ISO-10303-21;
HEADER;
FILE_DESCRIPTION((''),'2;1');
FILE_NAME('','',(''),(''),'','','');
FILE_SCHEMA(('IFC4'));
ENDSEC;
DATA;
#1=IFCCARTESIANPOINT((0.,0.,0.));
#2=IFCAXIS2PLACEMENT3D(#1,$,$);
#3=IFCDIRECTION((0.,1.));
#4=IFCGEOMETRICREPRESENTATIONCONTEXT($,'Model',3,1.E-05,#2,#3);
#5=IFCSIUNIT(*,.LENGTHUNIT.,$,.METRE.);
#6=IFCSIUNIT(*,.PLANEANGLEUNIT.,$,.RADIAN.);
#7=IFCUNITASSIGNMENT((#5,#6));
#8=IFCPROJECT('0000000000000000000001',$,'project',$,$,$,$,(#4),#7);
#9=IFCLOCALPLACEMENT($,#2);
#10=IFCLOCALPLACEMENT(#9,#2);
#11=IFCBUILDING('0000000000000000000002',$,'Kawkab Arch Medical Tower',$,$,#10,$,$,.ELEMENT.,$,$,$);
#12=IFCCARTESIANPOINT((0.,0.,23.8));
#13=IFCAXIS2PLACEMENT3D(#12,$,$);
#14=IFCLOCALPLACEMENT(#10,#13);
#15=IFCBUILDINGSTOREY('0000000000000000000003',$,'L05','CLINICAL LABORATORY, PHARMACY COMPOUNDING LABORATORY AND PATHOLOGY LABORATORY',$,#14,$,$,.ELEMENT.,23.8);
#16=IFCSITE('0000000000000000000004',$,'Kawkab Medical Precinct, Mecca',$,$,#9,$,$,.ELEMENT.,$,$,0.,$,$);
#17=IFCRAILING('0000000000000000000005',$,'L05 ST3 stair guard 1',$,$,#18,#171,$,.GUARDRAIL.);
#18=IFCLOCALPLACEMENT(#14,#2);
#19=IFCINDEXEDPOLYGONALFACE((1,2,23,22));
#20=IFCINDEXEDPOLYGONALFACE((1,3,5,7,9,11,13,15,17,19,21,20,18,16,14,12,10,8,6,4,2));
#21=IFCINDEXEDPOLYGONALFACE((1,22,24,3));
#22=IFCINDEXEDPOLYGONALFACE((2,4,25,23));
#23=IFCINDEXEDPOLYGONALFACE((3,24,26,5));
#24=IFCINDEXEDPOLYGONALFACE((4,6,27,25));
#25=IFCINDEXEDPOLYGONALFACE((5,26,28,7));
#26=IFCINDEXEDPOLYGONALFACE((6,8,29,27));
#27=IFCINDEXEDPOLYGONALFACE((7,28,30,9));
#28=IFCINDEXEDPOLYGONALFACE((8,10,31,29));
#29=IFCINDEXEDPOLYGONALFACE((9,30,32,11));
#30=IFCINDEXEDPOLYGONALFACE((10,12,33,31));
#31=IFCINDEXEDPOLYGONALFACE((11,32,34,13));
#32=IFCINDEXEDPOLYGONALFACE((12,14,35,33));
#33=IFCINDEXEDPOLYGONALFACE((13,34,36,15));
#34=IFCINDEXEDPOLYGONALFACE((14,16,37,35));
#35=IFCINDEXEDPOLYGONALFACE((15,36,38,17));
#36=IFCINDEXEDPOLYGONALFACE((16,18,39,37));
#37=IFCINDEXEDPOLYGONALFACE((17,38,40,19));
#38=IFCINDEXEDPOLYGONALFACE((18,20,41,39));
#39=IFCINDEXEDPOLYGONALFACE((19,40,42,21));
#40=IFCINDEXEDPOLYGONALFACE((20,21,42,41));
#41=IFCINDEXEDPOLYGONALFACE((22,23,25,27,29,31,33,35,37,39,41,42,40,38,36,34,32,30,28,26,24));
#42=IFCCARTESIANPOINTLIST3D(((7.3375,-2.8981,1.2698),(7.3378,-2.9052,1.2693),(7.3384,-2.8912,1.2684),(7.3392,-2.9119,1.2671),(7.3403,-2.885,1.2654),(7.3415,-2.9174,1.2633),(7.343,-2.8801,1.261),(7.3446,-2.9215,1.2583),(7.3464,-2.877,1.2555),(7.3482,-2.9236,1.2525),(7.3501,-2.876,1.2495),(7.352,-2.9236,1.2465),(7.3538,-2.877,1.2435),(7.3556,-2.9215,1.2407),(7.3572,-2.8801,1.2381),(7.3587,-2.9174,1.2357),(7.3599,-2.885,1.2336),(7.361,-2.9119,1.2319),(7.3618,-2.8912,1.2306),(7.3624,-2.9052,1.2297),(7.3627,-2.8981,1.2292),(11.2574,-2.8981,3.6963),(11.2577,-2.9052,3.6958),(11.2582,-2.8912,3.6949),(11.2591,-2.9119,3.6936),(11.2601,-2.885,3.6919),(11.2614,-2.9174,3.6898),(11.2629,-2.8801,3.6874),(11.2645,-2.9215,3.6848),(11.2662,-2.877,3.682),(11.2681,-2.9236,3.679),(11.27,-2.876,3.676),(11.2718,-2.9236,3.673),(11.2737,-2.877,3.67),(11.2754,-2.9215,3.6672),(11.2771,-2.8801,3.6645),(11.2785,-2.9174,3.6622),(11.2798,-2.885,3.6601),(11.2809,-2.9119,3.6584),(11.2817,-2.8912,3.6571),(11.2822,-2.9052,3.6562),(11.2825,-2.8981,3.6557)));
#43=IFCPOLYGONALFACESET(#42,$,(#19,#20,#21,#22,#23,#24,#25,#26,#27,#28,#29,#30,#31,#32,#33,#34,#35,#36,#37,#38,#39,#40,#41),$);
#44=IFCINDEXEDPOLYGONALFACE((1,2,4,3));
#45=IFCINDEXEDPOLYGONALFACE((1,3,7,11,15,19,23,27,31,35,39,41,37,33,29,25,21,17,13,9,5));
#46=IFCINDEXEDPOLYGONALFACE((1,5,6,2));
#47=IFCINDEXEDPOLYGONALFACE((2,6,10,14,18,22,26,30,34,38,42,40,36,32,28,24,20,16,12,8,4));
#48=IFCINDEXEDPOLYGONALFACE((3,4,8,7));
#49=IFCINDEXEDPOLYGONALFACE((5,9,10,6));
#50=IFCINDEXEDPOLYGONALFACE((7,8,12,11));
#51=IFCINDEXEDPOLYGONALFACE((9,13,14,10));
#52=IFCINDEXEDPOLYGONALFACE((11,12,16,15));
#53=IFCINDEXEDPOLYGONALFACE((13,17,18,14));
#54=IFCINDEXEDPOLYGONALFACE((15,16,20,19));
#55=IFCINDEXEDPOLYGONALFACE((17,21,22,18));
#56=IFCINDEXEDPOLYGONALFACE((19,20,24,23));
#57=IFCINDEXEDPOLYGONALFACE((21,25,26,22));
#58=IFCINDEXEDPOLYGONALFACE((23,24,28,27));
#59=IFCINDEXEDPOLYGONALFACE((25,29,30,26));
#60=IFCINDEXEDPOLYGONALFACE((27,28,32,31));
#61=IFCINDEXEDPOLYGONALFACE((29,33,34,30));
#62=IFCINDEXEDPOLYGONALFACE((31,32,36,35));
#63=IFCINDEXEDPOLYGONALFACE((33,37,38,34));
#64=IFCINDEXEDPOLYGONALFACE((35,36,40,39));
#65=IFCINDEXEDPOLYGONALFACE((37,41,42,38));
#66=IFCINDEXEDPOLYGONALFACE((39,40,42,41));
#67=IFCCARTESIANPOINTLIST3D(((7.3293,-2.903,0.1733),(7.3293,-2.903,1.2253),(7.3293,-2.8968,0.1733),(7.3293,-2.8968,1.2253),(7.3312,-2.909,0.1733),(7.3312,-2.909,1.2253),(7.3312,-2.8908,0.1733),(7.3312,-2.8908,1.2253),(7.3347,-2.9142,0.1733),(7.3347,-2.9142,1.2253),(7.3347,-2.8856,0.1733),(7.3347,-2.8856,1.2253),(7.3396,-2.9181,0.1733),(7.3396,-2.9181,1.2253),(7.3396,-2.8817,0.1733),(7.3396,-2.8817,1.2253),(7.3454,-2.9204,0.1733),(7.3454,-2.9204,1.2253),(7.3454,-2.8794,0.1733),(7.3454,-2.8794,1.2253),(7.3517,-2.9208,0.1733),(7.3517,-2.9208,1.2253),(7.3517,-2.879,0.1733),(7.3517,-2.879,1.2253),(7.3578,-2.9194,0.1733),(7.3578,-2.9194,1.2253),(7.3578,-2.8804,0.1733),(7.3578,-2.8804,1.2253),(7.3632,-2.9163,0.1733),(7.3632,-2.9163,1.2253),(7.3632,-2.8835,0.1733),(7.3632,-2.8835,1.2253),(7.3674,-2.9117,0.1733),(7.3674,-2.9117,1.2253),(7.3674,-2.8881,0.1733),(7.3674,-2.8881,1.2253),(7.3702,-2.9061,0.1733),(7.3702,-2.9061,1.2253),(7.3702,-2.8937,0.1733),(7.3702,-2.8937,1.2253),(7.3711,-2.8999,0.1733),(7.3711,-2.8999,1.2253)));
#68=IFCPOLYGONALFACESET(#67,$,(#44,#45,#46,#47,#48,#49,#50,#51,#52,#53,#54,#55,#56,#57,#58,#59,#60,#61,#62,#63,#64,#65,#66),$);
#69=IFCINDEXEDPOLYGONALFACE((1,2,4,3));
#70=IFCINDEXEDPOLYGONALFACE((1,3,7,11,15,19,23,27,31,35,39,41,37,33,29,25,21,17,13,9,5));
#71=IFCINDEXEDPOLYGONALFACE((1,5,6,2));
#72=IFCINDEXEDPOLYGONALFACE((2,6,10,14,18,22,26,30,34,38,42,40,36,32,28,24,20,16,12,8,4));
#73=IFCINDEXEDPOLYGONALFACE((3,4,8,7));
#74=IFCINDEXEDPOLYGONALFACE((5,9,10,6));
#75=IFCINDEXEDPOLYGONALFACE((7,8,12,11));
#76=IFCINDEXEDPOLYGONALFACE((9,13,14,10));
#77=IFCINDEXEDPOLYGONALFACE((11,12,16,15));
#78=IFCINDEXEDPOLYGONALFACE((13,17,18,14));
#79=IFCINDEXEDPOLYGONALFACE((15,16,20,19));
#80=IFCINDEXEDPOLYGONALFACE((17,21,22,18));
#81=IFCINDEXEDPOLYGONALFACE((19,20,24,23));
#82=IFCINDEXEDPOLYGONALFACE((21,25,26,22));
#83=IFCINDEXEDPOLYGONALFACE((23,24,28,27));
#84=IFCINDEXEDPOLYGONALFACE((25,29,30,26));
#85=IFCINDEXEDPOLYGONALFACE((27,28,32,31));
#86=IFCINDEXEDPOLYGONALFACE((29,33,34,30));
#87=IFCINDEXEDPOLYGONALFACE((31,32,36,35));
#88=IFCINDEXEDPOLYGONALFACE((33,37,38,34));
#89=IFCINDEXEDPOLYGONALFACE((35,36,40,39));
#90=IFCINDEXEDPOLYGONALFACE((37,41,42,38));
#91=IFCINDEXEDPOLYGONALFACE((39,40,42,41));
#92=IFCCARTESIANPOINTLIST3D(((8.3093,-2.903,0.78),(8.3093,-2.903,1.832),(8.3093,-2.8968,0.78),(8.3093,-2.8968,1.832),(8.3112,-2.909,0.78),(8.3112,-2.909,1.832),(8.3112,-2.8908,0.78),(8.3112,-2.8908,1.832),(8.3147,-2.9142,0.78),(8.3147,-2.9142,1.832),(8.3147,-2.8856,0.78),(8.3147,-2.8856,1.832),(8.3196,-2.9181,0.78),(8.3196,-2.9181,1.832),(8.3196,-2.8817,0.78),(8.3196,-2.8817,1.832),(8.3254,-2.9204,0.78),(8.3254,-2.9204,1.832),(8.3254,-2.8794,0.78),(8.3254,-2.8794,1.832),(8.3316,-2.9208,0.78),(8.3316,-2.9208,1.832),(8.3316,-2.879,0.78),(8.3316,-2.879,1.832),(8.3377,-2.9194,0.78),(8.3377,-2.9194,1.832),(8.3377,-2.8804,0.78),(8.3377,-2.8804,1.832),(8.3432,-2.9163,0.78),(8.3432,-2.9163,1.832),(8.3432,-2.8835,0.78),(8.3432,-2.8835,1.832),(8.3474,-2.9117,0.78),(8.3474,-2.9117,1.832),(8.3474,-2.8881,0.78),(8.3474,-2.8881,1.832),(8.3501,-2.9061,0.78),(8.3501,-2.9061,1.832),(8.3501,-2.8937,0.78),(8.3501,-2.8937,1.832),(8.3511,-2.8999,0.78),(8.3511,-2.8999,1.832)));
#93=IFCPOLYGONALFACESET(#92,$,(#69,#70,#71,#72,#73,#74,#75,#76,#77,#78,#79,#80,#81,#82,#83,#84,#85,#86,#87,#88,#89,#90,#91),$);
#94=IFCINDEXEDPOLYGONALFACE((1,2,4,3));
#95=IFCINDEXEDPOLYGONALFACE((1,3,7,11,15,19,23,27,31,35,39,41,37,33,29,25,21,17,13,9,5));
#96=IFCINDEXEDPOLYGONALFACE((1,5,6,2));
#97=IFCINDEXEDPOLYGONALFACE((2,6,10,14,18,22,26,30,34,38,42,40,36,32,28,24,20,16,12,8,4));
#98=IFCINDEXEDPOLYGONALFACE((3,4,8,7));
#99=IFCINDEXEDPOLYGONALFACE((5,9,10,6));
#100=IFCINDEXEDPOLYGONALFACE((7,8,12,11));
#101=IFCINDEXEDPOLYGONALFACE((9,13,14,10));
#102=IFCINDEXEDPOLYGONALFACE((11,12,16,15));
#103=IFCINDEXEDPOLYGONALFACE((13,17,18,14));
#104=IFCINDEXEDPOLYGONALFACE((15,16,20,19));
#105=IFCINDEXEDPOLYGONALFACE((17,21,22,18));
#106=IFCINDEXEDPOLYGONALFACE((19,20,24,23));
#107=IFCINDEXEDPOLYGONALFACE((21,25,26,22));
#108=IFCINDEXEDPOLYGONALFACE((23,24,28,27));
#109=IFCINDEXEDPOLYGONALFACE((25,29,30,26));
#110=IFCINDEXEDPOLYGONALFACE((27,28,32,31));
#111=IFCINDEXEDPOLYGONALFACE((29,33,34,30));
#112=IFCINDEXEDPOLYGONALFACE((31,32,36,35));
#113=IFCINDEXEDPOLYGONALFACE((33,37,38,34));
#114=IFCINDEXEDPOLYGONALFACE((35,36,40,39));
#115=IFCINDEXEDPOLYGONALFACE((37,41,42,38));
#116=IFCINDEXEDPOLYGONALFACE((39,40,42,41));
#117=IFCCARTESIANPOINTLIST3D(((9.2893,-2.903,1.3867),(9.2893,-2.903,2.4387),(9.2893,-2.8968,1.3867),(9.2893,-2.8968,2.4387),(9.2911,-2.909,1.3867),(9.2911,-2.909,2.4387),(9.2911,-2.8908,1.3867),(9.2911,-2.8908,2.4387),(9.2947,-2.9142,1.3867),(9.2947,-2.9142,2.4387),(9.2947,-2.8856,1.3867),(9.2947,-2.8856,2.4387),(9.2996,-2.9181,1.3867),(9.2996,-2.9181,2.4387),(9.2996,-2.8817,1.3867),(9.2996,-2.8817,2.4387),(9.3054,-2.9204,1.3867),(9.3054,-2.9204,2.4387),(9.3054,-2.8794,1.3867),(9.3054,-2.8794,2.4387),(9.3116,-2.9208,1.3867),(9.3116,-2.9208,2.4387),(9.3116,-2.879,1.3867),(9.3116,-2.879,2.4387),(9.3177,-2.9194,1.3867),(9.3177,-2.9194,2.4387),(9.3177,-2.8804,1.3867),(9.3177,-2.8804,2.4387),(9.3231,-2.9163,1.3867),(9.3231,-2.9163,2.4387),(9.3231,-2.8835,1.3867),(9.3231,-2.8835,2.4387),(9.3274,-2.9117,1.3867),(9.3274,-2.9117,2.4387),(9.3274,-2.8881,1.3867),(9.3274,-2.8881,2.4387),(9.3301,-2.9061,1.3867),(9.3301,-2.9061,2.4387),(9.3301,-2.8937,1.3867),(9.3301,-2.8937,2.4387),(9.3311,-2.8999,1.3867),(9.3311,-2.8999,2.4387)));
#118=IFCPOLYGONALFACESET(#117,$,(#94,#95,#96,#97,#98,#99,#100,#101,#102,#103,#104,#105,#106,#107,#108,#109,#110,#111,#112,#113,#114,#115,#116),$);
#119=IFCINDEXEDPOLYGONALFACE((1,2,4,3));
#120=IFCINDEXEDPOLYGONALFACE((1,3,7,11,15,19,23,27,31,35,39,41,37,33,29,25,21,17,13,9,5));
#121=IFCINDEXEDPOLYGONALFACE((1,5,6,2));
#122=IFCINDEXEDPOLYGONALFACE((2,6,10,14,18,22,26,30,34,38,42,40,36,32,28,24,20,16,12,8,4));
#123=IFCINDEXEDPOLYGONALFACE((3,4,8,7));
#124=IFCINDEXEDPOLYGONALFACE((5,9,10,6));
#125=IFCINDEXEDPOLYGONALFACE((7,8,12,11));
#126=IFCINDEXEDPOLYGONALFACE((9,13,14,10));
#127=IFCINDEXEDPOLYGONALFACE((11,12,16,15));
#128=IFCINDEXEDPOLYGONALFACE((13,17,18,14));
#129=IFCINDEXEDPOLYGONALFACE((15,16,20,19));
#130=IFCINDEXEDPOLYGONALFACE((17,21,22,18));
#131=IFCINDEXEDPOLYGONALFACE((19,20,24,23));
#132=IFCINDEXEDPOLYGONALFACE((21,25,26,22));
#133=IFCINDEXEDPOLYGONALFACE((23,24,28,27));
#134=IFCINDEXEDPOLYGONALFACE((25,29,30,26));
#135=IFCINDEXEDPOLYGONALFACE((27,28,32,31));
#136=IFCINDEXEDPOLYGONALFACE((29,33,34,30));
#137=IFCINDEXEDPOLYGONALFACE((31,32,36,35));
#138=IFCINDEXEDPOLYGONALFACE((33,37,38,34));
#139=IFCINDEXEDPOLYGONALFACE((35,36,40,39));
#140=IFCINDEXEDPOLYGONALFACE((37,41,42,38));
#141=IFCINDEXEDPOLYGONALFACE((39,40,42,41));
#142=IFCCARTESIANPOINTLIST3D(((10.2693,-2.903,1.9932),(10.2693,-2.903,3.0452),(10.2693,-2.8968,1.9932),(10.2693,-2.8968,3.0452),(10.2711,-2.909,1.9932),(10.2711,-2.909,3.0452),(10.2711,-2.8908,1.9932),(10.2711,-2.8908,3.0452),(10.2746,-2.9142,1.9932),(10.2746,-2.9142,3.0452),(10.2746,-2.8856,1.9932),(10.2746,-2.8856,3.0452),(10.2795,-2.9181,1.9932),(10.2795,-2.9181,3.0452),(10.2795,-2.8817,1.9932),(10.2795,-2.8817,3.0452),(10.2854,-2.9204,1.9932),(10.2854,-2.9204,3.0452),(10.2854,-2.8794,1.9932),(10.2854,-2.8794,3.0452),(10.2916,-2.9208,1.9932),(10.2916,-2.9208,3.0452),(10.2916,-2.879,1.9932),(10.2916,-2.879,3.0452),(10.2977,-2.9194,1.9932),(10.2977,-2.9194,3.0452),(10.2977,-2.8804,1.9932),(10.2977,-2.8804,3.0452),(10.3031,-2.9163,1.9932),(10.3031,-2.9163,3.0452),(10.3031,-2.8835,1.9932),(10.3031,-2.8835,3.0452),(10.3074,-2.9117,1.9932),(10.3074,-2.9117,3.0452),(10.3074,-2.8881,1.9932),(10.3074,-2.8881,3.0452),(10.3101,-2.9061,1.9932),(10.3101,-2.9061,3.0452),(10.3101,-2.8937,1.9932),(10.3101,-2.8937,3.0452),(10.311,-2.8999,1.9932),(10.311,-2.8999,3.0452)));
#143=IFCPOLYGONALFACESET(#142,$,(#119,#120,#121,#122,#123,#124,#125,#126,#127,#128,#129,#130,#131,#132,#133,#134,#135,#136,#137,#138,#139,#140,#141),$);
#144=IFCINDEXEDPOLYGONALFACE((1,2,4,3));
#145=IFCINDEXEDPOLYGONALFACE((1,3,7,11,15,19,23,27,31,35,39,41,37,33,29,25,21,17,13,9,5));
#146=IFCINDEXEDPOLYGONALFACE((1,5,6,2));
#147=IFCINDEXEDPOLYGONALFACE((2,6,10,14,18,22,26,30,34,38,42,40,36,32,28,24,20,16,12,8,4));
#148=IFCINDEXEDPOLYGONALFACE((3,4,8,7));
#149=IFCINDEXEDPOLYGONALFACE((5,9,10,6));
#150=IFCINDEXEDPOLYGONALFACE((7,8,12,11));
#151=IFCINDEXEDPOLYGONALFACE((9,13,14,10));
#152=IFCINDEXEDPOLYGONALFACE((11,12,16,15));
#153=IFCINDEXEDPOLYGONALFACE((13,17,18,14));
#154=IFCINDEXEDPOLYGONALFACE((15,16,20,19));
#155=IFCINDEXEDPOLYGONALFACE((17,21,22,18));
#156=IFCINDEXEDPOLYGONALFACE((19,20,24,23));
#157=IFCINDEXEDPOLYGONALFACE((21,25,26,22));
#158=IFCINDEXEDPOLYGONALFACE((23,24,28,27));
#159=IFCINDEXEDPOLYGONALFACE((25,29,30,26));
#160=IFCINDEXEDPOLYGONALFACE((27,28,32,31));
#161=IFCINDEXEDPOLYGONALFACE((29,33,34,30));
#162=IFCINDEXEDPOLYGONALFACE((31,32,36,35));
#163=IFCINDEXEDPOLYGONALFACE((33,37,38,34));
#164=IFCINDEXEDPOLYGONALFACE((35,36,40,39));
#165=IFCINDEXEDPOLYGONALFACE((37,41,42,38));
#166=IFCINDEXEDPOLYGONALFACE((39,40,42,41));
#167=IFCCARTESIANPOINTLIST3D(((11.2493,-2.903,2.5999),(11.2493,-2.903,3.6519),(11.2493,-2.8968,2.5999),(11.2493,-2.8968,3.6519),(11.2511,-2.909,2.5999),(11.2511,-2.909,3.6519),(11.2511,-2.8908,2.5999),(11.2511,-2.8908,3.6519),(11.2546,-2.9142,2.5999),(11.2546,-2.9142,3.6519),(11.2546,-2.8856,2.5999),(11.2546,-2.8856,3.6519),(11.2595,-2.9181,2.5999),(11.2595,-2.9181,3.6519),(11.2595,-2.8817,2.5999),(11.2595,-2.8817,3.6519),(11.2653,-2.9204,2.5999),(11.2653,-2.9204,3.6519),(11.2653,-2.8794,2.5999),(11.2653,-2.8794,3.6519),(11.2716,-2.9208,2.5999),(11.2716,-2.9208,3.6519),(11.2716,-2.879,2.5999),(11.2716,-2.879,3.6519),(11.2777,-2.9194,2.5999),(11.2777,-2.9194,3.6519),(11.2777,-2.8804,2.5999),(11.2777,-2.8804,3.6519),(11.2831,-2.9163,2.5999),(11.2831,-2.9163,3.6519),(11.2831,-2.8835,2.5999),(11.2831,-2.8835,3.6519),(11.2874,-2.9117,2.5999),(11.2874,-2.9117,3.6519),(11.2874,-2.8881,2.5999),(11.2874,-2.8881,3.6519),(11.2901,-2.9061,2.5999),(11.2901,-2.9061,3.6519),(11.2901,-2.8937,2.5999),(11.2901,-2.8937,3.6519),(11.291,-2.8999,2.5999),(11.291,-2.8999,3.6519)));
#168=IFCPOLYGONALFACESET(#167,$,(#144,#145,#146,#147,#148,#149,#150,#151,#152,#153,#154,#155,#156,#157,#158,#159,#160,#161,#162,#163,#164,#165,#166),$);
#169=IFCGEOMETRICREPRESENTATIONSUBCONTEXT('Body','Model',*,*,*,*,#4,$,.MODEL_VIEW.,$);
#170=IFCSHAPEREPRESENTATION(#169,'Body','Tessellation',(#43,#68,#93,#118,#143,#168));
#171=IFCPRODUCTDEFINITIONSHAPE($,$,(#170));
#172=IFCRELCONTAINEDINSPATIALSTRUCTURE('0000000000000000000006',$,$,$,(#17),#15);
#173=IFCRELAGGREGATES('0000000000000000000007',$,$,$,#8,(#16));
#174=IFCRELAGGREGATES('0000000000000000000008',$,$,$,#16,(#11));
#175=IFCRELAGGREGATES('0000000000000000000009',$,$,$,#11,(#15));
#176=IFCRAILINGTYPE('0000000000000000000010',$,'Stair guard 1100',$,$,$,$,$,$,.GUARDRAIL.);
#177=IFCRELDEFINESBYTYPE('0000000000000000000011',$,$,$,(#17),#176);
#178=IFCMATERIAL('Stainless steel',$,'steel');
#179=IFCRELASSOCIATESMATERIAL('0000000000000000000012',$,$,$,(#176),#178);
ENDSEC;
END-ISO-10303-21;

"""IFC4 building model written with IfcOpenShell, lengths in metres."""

from ifc_helpers import new_model, si_unit, direction, frame, origin, origin_2d, place, context, subcontext, project, spatial, circle, extrude, material, type_object, element, save


model = new_model("IFC4")

# Units and contexts
model_context = context("Model", 3, precision=1e-05, world=origin(), true_north=direction((0.0, 1.0)))
body_context = subcontext(model_context, "Body", "Model", "MODEL_VIEW")
ifc_project = project(units=[si_unit("LENGTHUNIT", "METRE"), si_unit("PLANEANGLEUNIT", "RADIAN")], contexts=[model_context])

# Site, building, storey
site_placement = place(None, origin())
site = spatial("IfcSite", under=ifc_project, at=site_placement, Name="Kawkab Medical Precinct, Mecca", CompositionType="ELEMENT", RefElevation=0.0)
building_placement = place(site_placement, origin())
building = spatial("IfcBuilding", under=site, at=building_placement, Name="Kawkab Arch Medical Tower", CompositionType="ELEMENT")
storey_placement = place(building_placement, frame((0.0, 0.0, 23.8)))
storey = spatial("IfcBuildingStorey", under=building, at=storey_placement, Name="L05", Description="CLINICAL LABORATORY, PHARMACY COMPOUNDING LABORATORY AND PATHOLOGY LABORATORY", CompositionType="ELEMENT", Elevation=23.8)

# Railing
ifc_material_1 = material(Name="Stainless steel", Category="steel")
railing_type = type_object("IfcRailingType", Name="Stair guard 1100", PredefinedType="GUARDRAIL", material=ifc_material_1)
railing_1_placement = place(storey_placement, frame((7.3501, -2.8999, 0.1733)))
element("IfcRailing", 1, at=railing_1_placement, inside=storey, type_object=railing_type, Name="L05 ST3 stair guard 1", PredefinedType="GUARDRAIL", context=body_context, shape_type="SweptSolid", body=[
    extrude(circle(Radius=0.0239, at=origin_2d()), frame((0.0, 0.0, 1.0762), z_axis=(0.850275, 0.0, 0.526338), x_axis=(0.0, 1.0, 0.0)), (0.0, 0.0, 1.0), 4.6101),
    extrude(circle(Radius=0.021, at=origin_2d()), origin(), (0.0, 0.0, 1.0), 1.052),
    extrude(circle(Radius=0.021, at=origin_2d()), frame((0.98, 0.0, 0.6067)), (0.0, 0.0, 1.0), 1.052),
    extrude(circle(Radius=0.021, at=origin_2d()), frame((1.96, 0.0, 1.2134)), (0.0, 0.0, 1.0), 1.052),
    extrude(circle(Radius=0.021, at=origin_2d()), frame((2.9399, 0.0, 1.8198)), (0.0, 0.0, 1.0), 1.052),
    extrude(circle(Radius=0.021, at=origin_2d()), frame((3.9199, 0.0, 2.4265)), (0.0, 0.0, 1.0), 1.052),
])

save(model, "model.ifc")
